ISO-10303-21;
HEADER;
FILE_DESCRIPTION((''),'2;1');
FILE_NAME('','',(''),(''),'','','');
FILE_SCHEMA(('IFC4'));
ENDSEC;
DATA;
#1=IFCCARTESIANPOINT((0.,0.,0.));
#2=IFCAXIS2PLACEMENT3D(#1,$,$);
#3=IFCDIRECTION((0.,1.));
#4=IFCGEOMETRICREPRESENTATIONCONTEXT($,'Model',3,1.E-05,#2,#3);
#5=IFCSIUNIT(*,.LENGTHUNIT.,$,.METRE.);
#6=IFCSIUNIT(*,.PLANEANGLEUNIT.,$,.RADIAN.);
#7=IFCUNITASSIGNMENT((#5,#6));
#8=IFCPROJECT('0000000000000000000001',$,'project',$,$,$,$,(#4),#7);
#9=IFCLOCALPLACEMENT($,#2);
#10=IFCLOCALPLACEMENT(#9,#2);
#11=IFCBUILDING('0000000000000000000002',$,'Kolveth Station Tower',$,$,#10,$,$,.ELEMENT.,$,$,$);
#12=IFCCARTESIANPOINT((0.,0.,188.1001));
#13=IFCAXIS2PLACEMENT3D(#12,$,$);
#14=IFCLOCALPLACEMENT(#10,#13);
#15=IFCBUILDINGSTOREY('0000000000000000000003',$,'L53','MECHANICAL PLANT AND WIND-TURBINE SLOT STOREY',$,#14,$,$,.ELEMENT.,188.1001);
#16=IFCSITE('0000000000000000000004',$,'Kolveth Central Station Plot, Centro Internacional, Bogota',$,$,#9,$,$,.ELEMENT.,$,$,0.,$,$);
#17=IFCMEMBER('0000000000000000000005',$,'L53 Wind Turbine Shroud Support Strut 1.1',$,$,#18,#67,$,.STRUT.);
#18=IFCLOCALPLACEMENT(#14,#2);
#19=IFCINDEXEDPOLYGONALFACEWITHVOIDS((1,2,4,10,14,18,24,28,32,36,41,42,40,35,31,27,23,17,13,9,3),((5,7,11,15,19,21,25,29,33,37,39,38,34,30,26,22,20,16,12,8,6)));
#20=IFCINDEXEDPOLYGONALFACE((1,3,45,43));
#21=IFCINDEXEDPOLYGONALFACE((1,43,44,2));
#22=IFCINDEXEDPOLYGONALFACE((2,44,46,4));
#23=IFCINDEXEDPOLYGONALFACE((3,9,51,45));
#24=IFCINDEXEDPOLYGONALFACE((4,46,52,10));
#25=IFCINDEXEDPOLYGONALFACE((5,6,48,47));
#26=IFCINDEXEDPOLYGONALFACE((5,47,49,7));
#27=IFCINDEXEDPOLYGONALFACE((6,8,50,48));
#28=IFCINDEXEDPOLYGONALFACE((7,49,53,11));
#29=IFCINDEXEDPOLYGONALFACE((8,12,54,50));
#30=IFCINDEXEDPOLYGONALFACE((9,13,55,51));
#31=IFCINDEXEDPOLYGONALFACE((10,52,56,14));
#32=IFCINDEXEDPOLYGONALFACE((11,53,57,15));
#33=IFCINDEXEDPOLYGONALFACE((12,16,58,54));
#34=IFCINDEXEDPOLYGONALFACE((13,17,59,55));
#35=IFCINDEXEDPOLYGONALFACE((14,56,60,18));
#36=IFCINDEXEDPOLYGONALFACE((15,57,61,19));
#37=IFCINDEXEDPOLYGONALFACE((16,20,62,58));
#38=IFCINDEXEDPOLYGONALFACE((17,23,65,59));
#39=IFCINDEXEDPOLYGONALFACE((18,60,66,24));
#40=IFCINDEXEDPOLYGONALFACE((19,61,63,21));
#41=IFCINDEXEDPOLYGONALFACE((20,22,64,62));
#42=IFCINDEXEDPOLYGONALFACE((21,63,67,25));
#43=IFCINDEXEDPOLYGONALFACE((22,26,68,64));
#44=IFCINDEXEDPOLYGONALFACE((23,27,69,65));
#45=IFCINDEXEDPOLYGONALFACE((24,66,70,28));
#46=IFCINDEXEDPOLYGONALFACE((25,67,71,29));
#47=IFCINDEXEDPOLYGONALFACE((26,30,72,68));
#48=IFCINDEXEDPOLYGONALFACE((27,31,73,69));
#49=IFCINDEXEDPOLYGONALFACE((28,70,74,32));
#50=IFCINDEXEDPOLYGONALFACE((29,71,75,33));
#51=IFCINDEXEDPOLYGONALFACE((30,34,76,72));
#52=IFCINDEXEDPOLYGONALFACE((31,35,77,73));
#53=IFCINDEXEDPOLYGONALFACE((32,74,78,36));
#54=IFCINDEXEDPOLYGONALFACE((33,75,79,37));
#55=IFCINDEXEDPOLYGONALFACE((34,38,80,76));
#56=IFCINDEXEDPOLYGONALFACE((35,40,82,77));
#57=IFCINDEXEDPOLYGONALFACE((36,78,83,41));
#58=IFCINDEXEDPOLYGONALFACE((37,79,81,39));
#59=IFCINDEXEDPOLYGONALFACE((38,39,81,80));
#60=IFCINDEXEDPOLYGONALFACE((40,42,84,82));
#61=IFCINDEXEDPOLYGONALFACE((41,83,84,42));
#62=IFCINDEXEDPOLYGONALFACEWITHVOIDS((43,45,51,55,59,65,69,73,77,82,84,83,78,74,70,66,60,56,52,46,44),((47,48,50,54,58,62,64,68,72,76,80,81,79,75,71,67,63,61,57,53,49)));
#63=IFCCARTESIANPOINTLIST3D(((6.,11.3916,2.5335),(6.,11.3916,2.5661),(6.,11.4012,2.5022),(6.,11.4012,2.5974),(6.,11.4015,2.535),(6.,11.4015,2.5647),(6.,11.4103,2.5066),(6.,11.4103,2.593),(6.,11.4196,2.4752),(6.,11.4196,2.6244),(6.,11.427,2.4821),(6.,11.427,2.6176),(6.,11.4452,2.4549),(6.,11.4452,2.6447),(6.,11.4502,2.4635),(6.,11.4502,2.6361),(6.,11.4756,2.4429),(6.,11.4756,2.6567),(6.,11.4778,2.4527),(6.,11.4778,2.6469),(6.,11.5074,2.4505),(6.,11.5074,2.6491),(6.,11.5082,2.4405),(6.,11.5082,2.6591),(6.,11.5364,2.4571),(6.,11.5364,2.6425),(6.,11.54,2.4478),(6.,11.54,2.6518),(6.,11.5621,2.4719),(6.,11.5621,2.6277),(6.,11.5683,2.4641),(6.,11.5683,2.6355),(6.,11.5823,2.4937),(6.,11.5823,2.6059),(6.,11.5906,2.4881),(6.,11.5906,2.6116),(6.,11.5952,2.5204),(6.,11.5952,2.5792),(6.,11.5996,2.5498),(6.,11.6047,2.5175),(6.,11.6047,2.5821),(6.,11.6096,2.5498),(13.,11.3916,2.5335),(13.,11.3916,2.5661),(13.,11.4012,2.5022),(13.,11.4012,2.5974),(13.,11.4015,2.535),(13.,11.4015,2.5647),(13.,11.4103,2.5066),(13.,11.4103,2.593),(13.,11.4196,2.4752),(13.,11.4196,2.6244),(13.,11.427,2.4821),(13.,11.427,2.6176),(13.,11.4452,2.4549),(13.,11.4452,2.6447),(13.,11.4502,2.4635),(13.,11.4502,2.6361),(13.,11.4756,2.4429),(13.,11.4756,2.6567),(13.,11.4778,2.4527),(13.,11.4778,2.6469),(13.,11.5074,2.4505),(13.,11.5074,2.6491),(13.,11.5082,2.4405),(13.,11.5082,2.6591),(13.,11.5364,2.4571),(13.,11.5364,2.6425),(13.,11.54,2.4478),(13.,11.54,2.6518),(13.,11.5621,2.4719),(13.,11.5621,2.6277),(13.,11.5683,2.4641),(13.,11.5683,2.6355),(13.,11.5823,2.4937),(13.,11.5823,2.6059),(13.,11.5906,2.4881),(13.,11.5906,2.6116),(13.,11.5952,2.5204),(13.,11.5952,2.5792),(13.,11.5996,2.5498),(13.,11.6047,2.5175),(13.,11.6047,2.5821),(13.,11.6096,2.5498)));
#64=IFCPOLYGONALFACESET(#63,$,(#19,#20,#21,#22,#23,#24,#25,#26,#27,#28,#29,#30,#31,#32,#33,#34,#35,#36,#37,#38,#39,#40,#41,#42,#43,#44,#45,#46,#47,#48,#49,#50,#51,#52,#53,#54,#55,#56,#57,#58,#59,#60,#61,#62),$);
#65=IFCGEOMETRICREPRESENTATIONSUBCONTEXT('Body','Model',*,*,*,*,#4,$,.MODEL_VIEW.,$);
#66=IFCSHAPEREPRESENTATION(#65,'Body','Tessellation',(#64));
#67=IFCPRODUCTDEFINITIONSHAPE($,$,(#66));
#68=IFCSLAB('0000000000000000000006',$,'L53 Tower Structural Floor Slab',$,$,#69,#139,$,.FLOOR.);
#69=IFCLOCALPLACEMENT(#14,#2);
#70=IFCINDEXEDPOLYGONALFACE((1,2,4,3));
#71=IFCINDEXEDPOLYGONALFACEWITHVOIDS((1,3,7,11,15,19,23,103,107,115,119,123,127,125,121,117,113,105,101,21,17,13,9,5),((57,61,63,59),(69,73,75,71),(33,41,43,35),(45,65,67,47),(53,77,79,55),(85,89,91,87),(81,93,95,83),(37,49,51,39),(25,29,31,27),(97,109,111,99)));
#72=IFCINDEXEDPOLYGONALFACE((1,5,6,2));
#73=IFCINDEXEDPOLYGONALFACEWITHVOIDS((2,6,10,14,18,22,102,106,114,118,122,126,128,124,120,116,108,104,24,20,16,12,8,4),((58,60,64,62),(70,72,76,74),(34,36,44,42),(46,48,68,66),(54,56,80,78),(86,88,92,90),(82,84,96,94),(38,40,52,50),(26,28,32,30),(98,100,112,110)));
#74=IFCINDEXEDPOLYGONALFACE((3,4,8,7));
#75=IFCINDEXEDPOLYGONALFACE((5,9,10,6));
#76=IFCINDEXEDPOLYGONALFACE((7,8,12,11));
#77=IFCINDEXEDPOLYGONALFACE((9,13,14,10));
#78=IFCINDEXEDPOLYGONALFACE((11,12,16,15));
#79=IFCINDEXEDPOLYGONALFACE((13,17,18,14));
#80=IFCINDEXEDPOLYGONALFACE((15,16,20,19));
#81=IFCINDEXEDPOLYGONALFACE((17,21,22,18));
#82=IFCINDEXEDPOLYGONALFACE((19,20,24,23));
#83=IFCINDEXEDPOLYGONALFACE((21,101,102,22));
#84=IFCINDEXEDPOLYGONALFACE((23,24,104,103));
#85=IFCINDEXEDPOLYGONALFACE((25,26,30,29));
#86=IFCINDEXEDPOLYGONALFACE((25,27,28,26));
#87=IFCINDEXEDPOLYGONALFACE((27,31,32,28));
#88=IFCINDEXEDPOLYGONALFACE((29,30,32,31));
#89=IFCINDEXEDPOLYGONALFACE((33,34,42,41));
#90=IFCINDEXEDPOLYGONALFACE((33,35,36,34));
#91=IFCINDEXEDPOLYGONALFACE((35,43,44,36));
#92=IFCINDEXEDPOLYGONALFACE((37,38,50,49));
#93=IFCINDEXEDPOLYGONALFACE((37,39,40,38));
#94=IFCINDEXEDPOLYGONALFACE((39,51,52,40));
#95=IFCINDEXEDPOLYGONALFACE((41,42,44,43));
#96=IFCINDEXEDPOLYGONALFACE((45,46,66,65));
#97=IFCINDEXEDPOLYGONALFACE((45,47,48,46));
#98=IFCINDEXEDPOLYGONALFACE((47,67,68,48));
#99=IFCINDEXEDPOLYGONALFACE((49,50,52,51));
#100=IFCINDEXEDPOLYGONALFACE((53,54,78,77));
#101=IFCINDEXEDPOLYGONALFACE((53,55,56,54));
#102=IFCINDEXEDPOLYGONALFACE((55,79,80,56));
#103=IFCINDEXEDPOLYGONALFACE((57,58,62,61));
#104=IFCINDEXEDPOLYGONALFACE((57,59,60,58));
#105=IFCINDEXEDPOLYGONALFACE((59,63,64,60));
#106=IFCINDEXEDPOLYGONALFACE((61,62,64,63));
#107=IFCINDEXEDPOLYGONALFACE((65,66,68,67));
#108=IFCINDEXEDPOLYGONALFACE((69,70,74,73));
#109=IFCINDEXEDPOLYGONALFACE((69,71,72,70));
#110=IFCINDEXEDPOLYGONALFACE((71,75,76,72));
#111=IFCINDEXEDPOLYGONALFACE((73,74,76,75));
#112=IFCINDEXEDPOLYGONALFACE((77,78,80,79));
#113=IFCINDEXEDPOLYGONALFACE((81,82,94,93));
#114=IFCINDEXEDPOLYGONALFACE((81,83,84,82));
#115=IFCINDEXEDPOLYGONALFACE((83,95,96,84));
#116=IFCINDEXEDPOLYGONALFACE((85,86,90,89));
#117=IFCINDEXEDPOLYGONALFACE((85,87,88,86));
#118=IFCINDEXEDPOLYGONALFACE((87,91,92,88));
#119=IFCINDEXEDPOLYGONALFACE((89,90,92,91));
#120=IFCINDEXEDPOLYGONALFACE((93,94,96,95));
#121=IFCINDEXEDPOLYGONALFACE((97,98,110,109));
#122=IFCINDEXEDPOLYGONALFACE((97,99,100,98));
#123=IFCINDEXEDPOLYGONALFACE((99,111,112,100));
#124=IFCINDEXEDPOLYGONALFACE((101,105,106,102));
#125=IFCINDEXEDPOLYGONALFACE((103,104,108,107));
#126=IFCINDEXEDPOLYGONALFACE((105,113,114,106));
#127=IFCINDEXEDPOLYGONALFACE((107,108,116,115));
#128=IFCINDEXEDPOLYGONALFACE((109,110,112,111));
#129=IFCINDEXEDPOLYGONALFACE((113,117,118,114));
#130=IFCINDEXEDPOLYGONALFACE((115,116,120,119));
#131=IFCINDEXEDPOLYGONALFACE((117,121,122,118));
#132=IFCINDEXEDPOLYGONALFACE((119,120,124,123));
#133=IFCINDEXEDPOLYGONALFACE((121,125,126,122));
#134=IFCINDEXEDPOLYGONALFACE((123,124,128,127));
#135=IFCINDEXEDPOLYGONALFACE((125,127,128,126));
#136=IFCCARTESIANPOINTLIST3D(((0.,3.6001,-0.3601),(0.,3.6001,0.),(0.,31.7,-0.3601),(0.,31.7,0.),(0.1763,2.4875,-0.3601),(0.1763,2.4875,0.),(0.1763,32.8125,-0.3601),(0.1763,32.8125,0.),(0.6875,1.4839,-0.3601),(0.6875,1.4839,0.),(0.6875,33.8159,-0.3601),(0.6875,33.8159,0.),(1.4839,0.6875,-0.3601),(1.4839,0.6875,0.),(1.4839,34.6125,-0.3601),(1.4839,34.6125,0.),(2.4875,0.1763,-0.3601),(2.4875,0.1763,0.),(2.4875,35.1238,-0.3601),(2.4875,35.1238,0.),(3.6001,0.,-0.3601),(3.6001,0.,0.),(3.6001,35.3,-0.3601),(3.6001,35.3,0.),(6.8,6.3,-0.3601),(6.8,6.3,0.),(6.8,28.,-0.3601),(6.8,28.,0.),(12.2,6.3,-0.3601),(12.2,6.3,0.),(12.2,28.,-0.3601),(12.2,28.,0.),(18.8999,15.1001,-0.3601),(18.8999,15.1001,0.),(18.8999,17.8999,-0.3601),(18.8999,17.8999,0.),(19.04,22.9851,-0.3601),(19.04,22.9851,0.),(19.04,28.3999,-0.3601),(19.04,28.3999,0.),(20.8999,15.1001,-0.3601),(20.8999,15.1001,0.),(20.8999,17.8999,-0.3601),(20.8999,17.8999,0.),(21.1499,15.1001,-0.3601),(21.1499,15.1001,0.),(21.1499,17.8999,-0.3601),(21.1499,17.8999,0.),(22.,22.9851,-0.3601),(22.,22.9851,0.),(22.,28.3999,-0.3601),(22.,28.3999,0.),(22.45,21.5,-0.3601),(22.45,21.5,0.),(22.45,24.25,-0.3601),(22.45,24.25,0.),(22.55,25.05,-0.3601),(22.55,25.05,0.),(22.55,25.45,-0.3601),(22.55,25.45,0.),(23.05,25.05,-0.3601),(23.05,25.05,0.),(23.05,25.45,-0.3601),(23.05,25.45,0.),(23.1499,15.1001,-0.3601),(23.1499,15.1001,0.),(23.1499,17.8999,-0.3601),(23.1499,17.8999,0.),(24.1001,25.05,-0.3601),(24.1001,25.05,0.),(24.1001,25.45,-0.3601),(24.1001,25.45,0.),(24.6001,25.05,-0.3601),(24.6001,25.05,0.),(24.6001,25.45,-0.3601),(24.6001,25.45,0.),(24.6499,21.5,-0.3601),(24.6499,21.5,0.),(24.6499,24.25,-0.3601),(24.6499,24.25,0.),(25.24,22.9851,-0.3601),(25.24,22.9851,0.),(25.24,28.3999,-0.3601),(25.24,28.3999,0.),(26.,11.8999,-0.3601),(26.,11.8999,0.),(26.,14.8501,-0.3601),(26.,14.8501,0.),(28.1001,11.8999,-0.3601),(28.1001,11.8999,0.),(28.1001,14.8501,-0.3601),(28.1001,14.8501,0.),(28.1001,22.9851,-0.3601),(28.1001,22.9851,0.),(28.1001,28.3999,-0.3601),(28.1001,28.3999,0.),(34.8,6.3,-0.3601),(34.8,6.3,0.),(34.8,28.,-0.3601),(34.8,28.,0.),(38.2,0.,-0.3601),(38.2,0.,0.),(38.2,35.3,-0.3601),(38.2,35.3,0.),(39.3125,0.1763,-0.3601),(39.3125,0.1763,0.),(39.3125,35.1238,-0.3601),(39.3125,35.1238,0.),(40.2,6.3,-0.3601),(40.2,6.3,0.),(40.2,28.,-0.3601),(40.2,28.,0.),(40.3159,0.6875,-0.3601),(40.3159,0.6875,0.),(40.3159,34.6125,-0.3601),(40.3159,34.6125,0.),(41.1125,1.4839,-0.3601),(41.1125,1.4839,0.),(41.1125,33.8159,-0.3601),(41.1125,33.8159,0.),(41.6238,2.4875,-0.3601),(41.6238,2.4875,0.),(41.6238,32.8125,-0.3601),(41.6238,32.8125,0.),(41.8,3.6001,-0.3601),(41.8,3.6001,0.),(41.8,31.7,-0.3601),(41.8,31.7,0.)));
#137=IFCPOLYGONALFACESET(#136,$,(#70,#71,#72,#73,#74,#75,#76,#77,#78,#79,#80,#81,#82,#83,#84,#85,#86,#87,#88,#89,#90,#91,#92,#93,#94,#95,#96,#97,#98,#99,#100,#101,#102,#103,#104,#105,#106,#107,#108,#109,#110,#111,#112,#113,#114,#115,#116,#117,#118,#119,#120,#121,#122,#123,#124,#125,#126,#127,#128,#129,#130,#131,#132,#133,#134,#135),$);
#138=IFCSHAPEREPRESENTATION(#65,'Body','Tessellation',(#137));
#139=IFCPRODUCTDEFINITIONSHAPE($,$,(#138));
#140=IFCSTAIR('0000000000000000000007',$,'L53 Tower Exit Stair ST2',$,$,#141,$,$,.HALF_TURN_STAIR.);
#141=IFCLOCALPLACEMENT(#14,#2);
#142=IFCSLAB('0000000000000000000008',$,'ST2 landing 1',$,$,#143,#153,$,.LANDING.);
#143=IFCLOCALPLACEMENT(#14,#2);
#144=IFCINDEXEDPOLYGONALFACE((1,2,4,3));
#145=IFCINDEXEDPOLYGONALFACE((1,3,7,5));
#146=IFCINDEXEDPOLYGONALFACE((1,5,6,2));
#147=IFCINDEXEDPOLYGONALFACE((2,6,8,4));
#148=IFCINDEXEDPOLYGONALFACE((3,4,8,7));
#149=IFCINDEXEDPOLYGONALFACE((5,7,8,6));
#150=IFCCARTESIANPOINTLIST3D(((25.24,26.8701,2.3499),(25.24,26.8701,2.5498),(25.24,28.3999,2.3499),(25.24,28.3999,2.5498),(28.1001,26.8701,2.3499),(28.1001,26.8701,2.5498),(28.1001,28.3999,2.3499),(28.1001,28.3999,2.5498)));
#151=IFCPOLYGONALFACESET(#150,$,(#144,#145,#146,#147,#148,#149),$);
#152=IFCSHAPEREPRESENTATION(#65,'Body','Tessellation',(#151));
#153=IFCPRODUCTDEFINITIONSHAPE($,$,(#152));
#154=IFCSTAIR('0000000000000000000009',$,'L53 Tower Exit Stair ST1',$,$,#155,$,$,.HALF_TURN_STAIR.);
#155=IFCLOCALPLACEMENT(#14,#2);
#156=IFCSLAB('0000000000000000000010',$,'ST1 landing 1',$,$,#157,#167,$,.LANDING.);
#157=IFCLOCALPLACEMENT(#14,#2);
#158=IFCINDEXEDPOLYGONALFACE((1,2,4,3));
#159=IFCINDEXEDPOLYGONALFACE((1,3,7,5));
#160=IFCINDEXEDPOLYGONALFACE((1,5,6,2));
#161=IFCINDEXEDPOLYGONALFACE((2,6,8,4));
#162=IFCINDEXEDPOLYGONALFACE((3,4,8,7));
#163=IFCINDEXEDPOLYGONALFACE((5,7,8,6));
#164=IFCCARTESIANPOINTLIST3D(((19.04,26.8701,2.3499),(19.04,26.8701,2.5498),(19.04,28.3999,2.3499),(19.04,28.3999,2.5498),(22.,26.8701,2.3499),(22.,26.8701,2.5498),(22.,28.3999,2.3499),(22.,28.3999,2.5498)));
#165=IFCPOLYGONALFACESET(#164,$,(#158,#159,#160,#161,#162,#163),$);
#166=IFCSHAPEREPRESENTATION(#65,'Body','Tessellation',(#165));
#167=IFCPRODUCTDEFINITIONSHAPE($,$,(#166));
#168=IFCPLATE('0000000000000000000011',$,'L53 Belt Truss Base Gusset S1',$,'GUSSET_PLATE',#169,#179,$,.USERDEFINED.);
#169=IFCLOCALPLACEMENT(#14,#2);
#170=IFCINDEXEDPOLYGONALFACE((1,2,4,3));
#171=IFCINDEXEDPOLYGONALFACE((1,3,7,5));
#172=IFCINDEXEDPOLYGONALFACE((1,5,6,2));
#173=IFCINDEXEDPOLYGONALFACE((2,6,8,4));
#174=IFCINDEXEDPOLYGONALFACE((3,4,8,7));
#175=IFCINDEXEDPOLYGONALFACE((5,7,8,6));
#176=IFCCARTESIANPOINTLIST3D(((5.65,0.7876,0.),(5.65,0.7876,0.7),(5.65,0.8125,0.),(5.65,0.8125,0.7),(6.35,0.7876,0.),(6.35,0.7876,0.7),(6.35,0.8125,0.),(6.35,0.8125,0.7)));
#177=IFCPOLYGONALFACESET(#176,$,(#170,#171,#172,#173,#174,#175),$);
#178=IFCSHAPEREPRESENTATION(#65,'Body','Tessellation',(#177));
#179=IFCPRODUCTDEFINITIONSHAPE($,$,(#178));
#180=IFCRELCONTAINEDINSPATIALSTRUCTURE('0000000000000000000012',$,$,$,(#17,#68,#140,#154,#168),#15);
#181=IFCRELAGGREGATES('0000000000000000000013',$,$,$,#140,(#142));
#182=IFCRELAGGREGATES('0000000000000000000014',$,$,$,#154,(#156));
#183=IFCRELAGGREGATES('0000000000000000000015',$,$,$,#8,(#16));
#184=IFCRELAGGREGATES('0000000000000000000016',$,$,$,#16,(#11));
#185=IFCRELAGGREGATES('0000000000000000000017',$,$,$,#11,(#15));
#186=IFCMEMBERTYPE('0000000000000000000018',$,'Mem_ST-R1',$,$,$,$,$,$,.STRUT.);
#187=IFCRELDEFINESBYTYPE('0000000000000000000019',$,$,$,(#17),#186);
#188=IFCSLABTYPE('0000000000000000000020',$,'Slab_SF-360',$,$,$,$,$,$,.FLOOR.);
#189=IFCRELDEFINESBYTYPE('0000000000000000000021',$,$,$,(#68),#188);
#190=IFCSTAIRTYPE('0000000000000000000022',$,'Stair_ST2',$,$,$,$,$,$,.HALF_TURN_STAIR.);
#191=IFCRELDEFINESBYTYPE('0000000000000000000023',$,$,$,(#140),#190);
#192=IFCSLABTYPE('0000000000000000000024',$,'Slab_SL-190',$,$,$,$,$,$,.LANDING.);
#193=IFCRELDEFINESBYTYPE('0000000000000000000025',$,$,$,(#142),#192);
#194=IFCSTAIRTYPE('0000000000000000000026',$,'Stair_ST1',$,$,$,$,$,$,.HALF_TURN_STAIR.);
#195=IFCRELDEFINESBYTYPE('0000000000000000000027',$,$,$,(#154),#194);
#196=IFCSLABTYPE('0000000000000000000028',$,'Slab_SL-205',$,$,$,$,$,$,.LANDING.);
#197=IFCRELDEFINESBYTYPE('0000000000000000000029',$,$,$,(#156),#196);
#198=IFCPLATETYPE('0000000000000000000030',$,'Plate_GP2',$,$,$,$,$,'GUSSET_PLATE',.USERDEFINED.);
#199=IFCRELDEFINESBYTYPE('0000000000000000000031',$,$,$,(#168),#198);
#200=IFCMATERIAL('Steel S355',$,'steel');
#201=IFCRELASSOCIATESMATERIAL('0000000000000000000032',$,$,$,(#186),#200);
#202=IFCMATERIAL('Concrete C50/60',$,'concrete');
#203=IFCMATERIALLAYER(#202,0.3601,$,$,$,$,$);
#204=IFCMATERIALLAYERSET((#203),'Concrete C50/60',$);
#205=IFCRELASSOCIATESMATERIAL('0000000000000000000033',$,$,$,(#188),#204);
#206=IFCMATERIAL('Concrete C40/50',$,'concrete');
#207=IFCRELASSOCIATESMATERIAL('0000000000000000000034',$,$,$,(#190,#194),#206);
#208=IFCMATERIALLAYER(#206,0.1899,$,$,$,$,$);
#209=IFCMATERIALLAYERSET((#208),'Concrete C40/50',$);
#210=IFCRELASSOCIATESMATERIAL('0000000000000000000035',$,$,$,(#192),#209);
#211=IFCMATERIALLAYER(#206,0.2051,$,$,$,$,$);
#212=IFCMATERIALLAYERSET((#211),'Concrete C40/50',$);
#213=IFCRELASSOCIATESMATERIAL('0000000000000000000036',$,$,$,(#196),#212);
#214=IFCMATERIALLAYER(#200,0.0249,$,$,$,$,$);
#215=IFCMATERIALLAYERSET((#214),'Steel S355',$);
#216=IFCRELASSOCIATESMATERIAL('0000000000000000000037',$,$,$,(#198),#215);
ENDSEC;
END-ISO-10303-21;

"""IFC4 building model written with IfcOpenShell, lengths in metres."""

from ifc_helpers import new_model, si_unit, direction, frame, origin, origin_2d, place, context, subcontext, project, spatial, polyline, rectangle, hollow_circle, outline, extrude, source, transform, mapped, material, layer, layer_set, material_profile, profile_set, type_object, element, aggregate, save


model = new_model("IFC4")

# Units and contexts
model_context = context("Model", 3, precision=1e-05, world=origin(), true_north=direction((0.0, 1.0)))
body_context = subcontext(model_context, "Body", "Model", "MODEL_VIEW")
ifc_project = project(units=[si_unit("LENGTHUNIT", "METRE"), si_unit("PLANEANGLEUNIT", "RADIAN")], contexts=[model_context])

# Site, building, storey
site_placement = place(None, origin())
site = spatial("IfcSite", under=ifc_project, at=site_placement, Name="Kolveth Central Station Plot, Centro Internacional, Bogota", CompositionType="ELEMENT", RefElevation=0.0)
building_placement = place(site_placement, origin())
building = spatial("IfcBuilding", under=site, at=building_placement, Name="Kolveth Station Tower", CompositionType="ELEMENT")
storey_placement = place(building_placement, frame((0.0, 0.0, 188.1001)))
storey = spatial("IfcBuildingStorey", under=building, at=storey_placement, Name="L53", Description="MECHANICAL PLANT AND WIND-TURBINE SLOT STOREY", CompositionType="ELEMENT", Elevation=188.1001)

# Shared definitions
ifc_material_1 = material(Name="Steel S355", Category="steel")

# Member
ifc_material_profile_1 = material_profile(ifc_material_1, hollow_circle(Radius=0.1096, WallThickness=0.01, at=origin_2d()), Name="CHS219x10")
ifc_profile_set_1 = profile_set([ifc_material_profile_1], Name="Steel S355")
member_type_1 = type_object("IfcMemberType", Name="Mem_ST-R1", PredefinedType="STRUT", material=ifc_profile_set_1)
shared_shape_1 = source(origin(), body_context, "Body", "SweptSolid", [
    extrude(hollow_circle(Radius=0.1096, WallThickness=0.01, at=origin_2d()), origin(), (0.0, 0.0, 1.0), 7.0),
])
member_1_placement = place(storey_placement, frame((6.0, 11.5, 2.5498), z_axis=(1.0, 0.0, 0.0), x_axis=(0.0, 1.0, 0.0)))
element("IfcMember", 1, at=member_1_placement, inside=storey, type_object=member_type_1, Name="L53 Wind Turbine Shroud Support Strut 1.1", PredefinedType="STRUT", context=body_context, shape_type="MappedRepresentation", body=[
    mapped(shared_shape_1, transform((0.0, 0.0, 0.0), x_axis=(1.0, 0.0, 0.0), y_axis=(0.0, 1.0, 0.0), z_axis=(0.0, 0.0, 1.0), scale=1.0)),
])

# Slab
ifc_material_2 = material(Name="Concrete C50/60", Category="concrete")
ifc_layer_1 = layer(ifc_material_2, 0.3601)
ifc_layer_set_1 = layer_set([ifc_layer_1], Name="Concrete C50/60")
slab_type_1 = type_object("IfcSlabType", Name="Slab_SF-360", PredefinedType="FLOOR", material=ifc_layer_set_1)
slab_1_placement = place(storey_placement, frame((0.0, 0.0, -0.3601)))
element("IfcSlab", 2, at=slab_1_placement, inside=storey, type_object=slab_type_1, Name="L53 Tower Structural Floor Slab", PredefinedType="FLOOR", context=body_context, shape_type="SweptSolid", body=[
    extrude(outline(polyline([(38.2, 0.0), (39.3125, 0.1763), (40.3159, 0.6875), (41.1125, 1.4839), (41.6238, 2.4875), (41.8, 3.6001), (41.8, 31.7), (41.6238, 32.8125), (41.1125, 33.8159), (40.3159, 34.6125), (39.3125, 35.1238), (38.2, 35.3), (3.6001, 35.3), (2.4875, 35.1238), (1.4839, 34.6125), (0.6875, 33.8159), (0.1763, 32.8125), (0.0, 31.7), (0.0, 3.6001), (0.1763, 2.4875), (0.6875, 1.4839), (1.4839, 0.6875), (2.4875, 0.1763), (3.6001, 0.0), (38.2, 0.0)]), holes=[polyline([(19.04, 22.9851), (22.0, 22.9851), (22.0, 28.3999), (19.04, 28.3999), (19.04, 22.9851)]), polyline([(25.24, 22.9851), (28.1001, 22.9851), (28.1001, 28.3999), (25.24, 28.3999), (25.24, 22.9851)]), polyline([(18.8999, 15.1001), (20.8999, 15.1001), (20.8999, 17.8999), (18.8999, 17.8999), (18.8999, 15.1001)]), polyline([(21.1499, 15.1001), (23.1499, 15.1001), (23.1499, 17.8999), (21.1499, 17.8999), (21.1499, 15.1001)]), polyline([(22.45, 21.5), (24.6499, 21.5), (24.6499, 24.25), (22.45, 24.25), (22.45, 21.5)]), polyline([(26.0, 11.8999), (28.1001, 11.8999), (28.1001, 14.8501), (26.0, 14.8501), (26.0, 11.8999)]), polyline([(22.55, 25.05), (23.05, 25.05), (23.05, 25.45), (22.55, 25.45), (22.55, 25.05)]), polyline([(24.1001, 25.05), (24.6001, 25.05), (24.6001, 25.45), (24.1001, 25.45), (24.1001, 25.05)]), polyline([(6.8, 6.3), (12.2, 6.3), (12.2, 28.0), (6.8, 28.0), (6.8, 6.3)]), polyline([(34.8, 6.3), (40.2, 6.3), (40.2, 28.0), (34.8, 28.0), (34.8, 6.3)])]), origin(), (0.0, 0.0, 1.0), 0.3601),
])

# Stairs, slabs
ifc_material_3 = material(Name="Concrete C40/50", Category="concrete")
stair_type_1 = type_object("IfcStairType", Name="Stair_ST2", PredefinedType="HALF_TURN_STAIR", material=ifc_material_3)
stair_1_placement = place(storey_placement, origin())
stair_1 = element("IfcStair", 3, at=stair_1_placement, inside=storey, type_object=stair_type_1, Name="L53 Tower Exit Stair ST2", PredefinedType="HALF_TURN_STAIR")
ifc_layer_2 = layer(ifc_material_3, 0.1899)
ifc_layer_set_2 = layer_set([ifc_layer_2], Name="Concrete C40/50")
slab_type_2 = type_object("IfcSlabType", Name="Slab_SL-190", PredefinedType="LANDING", material=ifc_layer_set_2)
slab_2_placement = place(storey_placement, frame((0.0, 0.0, 2.3499)))
slab_2 = element("IfcSlab", 4, at=slab_2_placement, type_object=slab_type_2, Name="ST2 landing 1", PredefinedType="LANDING", context=body_context, shape_type="SweptSolid", body=[
    extrude(outline(polyline([(28.1001, 26.8701), (28.1001, 28.3999), (25.24, 28.3999), (25.24, 26.8701), (28.1001, 26.8701)])), origin(), (0.0, 0.0, 1.0), 0.2),
])
aggregate(stair_1, [slab_2])
stair_type_2 = type_object("IfcStairType", Name="Stair_ST1", PredefinedType="HALF_TURN_STAIR", material=ifc_material_3)
stair_2_placement = place(storey_placement, origin())
stair_2 = element("IfcStair", 5, at=stair_2_placement, inside=storey, type_object=stair_type_2, Name="L53 Tower Exit Stair ST1", PredefinedType="HALF_TURN_STAIR")
ifc_layer_3 = layer(ifc_material_3, 0.2051)
ifc_layer_set_3 = layer_set([ifc_layer_3], Name="Concrete C40/50")
slab_type_3 = type_object("IfcSlabType", Name="Slab_SL-205", PredefinedType="LANDING", material=ifc_layer_set_3)
slab_3_placement = place(storey_placement, frame((0.0, 0.0, 2.3499)))
slab_3 = element("IfcSlab", 6, at=slab_3_placement, type_object=slab_type_3, Name="ST1 landing 1", PredefinedType="LANDING", context=body_context, shape_type="SweptSolid", body=[
    extrude(outline(polyline([(22.0, 26.8701), (22.0, 28.3999), (19.04, 28.3999), (19.04, 26.8701), (22.0, 26.8701)])), origin(), (0.0, 0.0, 1.0), 0.2),
])
aggregate(stair_2, [slab_3])

# Plate
ifc_layer_4 = layer(ifc_material_1, 0.0249)
ifc_layer_set_4 = layer_set([ifc_layer_4], Name="Steel S355")
plate_type_1 = type_object("IfcPlateType", Name="Plate_GP2", ElementType="GUSSET_PLATE", PredefinedType="USERDEFINED", material=ifc_layer_set_4)
shared_shape_2 = source(origin(), body_context, "Body", "SweptSolid", [
    extrude(rectangle(XDim=0.7, YDim=0.0249, at=origin_2d()), origin(), (0.0, 0.0, 1.0), 0.7),
])
for number, where, z_axis, x_axis, name in (
    (7, (6.0, 0.8, 0.0), (0.0, 0.0, 1.0), (1.0, 0.0, 0.0), "L53 Belt Truss Base Gusset S1"),
):
    element("IfcPlate", number, at=place(storey_placement, frame(where, z_axis=z_axis, x_axis=x_axis)), inside=storey, type_object=plate_type_1, Name=name, ObjectType="GUSSET_PLATE", PredefinedType="USERDEFINED", context=body_context, shape_type="MappedRepresentation", body=[
        mapped(shared_shape_2, transform((0.0, 0.0, 0.0), x_axis=(1.0, 0.0, 0.0), y_axis=(0.0, 1.0, 0.0), z_axis=(0.0, 0.0, 1.0), scale=1.0)),
    ])

save(model, "model.ifc")
